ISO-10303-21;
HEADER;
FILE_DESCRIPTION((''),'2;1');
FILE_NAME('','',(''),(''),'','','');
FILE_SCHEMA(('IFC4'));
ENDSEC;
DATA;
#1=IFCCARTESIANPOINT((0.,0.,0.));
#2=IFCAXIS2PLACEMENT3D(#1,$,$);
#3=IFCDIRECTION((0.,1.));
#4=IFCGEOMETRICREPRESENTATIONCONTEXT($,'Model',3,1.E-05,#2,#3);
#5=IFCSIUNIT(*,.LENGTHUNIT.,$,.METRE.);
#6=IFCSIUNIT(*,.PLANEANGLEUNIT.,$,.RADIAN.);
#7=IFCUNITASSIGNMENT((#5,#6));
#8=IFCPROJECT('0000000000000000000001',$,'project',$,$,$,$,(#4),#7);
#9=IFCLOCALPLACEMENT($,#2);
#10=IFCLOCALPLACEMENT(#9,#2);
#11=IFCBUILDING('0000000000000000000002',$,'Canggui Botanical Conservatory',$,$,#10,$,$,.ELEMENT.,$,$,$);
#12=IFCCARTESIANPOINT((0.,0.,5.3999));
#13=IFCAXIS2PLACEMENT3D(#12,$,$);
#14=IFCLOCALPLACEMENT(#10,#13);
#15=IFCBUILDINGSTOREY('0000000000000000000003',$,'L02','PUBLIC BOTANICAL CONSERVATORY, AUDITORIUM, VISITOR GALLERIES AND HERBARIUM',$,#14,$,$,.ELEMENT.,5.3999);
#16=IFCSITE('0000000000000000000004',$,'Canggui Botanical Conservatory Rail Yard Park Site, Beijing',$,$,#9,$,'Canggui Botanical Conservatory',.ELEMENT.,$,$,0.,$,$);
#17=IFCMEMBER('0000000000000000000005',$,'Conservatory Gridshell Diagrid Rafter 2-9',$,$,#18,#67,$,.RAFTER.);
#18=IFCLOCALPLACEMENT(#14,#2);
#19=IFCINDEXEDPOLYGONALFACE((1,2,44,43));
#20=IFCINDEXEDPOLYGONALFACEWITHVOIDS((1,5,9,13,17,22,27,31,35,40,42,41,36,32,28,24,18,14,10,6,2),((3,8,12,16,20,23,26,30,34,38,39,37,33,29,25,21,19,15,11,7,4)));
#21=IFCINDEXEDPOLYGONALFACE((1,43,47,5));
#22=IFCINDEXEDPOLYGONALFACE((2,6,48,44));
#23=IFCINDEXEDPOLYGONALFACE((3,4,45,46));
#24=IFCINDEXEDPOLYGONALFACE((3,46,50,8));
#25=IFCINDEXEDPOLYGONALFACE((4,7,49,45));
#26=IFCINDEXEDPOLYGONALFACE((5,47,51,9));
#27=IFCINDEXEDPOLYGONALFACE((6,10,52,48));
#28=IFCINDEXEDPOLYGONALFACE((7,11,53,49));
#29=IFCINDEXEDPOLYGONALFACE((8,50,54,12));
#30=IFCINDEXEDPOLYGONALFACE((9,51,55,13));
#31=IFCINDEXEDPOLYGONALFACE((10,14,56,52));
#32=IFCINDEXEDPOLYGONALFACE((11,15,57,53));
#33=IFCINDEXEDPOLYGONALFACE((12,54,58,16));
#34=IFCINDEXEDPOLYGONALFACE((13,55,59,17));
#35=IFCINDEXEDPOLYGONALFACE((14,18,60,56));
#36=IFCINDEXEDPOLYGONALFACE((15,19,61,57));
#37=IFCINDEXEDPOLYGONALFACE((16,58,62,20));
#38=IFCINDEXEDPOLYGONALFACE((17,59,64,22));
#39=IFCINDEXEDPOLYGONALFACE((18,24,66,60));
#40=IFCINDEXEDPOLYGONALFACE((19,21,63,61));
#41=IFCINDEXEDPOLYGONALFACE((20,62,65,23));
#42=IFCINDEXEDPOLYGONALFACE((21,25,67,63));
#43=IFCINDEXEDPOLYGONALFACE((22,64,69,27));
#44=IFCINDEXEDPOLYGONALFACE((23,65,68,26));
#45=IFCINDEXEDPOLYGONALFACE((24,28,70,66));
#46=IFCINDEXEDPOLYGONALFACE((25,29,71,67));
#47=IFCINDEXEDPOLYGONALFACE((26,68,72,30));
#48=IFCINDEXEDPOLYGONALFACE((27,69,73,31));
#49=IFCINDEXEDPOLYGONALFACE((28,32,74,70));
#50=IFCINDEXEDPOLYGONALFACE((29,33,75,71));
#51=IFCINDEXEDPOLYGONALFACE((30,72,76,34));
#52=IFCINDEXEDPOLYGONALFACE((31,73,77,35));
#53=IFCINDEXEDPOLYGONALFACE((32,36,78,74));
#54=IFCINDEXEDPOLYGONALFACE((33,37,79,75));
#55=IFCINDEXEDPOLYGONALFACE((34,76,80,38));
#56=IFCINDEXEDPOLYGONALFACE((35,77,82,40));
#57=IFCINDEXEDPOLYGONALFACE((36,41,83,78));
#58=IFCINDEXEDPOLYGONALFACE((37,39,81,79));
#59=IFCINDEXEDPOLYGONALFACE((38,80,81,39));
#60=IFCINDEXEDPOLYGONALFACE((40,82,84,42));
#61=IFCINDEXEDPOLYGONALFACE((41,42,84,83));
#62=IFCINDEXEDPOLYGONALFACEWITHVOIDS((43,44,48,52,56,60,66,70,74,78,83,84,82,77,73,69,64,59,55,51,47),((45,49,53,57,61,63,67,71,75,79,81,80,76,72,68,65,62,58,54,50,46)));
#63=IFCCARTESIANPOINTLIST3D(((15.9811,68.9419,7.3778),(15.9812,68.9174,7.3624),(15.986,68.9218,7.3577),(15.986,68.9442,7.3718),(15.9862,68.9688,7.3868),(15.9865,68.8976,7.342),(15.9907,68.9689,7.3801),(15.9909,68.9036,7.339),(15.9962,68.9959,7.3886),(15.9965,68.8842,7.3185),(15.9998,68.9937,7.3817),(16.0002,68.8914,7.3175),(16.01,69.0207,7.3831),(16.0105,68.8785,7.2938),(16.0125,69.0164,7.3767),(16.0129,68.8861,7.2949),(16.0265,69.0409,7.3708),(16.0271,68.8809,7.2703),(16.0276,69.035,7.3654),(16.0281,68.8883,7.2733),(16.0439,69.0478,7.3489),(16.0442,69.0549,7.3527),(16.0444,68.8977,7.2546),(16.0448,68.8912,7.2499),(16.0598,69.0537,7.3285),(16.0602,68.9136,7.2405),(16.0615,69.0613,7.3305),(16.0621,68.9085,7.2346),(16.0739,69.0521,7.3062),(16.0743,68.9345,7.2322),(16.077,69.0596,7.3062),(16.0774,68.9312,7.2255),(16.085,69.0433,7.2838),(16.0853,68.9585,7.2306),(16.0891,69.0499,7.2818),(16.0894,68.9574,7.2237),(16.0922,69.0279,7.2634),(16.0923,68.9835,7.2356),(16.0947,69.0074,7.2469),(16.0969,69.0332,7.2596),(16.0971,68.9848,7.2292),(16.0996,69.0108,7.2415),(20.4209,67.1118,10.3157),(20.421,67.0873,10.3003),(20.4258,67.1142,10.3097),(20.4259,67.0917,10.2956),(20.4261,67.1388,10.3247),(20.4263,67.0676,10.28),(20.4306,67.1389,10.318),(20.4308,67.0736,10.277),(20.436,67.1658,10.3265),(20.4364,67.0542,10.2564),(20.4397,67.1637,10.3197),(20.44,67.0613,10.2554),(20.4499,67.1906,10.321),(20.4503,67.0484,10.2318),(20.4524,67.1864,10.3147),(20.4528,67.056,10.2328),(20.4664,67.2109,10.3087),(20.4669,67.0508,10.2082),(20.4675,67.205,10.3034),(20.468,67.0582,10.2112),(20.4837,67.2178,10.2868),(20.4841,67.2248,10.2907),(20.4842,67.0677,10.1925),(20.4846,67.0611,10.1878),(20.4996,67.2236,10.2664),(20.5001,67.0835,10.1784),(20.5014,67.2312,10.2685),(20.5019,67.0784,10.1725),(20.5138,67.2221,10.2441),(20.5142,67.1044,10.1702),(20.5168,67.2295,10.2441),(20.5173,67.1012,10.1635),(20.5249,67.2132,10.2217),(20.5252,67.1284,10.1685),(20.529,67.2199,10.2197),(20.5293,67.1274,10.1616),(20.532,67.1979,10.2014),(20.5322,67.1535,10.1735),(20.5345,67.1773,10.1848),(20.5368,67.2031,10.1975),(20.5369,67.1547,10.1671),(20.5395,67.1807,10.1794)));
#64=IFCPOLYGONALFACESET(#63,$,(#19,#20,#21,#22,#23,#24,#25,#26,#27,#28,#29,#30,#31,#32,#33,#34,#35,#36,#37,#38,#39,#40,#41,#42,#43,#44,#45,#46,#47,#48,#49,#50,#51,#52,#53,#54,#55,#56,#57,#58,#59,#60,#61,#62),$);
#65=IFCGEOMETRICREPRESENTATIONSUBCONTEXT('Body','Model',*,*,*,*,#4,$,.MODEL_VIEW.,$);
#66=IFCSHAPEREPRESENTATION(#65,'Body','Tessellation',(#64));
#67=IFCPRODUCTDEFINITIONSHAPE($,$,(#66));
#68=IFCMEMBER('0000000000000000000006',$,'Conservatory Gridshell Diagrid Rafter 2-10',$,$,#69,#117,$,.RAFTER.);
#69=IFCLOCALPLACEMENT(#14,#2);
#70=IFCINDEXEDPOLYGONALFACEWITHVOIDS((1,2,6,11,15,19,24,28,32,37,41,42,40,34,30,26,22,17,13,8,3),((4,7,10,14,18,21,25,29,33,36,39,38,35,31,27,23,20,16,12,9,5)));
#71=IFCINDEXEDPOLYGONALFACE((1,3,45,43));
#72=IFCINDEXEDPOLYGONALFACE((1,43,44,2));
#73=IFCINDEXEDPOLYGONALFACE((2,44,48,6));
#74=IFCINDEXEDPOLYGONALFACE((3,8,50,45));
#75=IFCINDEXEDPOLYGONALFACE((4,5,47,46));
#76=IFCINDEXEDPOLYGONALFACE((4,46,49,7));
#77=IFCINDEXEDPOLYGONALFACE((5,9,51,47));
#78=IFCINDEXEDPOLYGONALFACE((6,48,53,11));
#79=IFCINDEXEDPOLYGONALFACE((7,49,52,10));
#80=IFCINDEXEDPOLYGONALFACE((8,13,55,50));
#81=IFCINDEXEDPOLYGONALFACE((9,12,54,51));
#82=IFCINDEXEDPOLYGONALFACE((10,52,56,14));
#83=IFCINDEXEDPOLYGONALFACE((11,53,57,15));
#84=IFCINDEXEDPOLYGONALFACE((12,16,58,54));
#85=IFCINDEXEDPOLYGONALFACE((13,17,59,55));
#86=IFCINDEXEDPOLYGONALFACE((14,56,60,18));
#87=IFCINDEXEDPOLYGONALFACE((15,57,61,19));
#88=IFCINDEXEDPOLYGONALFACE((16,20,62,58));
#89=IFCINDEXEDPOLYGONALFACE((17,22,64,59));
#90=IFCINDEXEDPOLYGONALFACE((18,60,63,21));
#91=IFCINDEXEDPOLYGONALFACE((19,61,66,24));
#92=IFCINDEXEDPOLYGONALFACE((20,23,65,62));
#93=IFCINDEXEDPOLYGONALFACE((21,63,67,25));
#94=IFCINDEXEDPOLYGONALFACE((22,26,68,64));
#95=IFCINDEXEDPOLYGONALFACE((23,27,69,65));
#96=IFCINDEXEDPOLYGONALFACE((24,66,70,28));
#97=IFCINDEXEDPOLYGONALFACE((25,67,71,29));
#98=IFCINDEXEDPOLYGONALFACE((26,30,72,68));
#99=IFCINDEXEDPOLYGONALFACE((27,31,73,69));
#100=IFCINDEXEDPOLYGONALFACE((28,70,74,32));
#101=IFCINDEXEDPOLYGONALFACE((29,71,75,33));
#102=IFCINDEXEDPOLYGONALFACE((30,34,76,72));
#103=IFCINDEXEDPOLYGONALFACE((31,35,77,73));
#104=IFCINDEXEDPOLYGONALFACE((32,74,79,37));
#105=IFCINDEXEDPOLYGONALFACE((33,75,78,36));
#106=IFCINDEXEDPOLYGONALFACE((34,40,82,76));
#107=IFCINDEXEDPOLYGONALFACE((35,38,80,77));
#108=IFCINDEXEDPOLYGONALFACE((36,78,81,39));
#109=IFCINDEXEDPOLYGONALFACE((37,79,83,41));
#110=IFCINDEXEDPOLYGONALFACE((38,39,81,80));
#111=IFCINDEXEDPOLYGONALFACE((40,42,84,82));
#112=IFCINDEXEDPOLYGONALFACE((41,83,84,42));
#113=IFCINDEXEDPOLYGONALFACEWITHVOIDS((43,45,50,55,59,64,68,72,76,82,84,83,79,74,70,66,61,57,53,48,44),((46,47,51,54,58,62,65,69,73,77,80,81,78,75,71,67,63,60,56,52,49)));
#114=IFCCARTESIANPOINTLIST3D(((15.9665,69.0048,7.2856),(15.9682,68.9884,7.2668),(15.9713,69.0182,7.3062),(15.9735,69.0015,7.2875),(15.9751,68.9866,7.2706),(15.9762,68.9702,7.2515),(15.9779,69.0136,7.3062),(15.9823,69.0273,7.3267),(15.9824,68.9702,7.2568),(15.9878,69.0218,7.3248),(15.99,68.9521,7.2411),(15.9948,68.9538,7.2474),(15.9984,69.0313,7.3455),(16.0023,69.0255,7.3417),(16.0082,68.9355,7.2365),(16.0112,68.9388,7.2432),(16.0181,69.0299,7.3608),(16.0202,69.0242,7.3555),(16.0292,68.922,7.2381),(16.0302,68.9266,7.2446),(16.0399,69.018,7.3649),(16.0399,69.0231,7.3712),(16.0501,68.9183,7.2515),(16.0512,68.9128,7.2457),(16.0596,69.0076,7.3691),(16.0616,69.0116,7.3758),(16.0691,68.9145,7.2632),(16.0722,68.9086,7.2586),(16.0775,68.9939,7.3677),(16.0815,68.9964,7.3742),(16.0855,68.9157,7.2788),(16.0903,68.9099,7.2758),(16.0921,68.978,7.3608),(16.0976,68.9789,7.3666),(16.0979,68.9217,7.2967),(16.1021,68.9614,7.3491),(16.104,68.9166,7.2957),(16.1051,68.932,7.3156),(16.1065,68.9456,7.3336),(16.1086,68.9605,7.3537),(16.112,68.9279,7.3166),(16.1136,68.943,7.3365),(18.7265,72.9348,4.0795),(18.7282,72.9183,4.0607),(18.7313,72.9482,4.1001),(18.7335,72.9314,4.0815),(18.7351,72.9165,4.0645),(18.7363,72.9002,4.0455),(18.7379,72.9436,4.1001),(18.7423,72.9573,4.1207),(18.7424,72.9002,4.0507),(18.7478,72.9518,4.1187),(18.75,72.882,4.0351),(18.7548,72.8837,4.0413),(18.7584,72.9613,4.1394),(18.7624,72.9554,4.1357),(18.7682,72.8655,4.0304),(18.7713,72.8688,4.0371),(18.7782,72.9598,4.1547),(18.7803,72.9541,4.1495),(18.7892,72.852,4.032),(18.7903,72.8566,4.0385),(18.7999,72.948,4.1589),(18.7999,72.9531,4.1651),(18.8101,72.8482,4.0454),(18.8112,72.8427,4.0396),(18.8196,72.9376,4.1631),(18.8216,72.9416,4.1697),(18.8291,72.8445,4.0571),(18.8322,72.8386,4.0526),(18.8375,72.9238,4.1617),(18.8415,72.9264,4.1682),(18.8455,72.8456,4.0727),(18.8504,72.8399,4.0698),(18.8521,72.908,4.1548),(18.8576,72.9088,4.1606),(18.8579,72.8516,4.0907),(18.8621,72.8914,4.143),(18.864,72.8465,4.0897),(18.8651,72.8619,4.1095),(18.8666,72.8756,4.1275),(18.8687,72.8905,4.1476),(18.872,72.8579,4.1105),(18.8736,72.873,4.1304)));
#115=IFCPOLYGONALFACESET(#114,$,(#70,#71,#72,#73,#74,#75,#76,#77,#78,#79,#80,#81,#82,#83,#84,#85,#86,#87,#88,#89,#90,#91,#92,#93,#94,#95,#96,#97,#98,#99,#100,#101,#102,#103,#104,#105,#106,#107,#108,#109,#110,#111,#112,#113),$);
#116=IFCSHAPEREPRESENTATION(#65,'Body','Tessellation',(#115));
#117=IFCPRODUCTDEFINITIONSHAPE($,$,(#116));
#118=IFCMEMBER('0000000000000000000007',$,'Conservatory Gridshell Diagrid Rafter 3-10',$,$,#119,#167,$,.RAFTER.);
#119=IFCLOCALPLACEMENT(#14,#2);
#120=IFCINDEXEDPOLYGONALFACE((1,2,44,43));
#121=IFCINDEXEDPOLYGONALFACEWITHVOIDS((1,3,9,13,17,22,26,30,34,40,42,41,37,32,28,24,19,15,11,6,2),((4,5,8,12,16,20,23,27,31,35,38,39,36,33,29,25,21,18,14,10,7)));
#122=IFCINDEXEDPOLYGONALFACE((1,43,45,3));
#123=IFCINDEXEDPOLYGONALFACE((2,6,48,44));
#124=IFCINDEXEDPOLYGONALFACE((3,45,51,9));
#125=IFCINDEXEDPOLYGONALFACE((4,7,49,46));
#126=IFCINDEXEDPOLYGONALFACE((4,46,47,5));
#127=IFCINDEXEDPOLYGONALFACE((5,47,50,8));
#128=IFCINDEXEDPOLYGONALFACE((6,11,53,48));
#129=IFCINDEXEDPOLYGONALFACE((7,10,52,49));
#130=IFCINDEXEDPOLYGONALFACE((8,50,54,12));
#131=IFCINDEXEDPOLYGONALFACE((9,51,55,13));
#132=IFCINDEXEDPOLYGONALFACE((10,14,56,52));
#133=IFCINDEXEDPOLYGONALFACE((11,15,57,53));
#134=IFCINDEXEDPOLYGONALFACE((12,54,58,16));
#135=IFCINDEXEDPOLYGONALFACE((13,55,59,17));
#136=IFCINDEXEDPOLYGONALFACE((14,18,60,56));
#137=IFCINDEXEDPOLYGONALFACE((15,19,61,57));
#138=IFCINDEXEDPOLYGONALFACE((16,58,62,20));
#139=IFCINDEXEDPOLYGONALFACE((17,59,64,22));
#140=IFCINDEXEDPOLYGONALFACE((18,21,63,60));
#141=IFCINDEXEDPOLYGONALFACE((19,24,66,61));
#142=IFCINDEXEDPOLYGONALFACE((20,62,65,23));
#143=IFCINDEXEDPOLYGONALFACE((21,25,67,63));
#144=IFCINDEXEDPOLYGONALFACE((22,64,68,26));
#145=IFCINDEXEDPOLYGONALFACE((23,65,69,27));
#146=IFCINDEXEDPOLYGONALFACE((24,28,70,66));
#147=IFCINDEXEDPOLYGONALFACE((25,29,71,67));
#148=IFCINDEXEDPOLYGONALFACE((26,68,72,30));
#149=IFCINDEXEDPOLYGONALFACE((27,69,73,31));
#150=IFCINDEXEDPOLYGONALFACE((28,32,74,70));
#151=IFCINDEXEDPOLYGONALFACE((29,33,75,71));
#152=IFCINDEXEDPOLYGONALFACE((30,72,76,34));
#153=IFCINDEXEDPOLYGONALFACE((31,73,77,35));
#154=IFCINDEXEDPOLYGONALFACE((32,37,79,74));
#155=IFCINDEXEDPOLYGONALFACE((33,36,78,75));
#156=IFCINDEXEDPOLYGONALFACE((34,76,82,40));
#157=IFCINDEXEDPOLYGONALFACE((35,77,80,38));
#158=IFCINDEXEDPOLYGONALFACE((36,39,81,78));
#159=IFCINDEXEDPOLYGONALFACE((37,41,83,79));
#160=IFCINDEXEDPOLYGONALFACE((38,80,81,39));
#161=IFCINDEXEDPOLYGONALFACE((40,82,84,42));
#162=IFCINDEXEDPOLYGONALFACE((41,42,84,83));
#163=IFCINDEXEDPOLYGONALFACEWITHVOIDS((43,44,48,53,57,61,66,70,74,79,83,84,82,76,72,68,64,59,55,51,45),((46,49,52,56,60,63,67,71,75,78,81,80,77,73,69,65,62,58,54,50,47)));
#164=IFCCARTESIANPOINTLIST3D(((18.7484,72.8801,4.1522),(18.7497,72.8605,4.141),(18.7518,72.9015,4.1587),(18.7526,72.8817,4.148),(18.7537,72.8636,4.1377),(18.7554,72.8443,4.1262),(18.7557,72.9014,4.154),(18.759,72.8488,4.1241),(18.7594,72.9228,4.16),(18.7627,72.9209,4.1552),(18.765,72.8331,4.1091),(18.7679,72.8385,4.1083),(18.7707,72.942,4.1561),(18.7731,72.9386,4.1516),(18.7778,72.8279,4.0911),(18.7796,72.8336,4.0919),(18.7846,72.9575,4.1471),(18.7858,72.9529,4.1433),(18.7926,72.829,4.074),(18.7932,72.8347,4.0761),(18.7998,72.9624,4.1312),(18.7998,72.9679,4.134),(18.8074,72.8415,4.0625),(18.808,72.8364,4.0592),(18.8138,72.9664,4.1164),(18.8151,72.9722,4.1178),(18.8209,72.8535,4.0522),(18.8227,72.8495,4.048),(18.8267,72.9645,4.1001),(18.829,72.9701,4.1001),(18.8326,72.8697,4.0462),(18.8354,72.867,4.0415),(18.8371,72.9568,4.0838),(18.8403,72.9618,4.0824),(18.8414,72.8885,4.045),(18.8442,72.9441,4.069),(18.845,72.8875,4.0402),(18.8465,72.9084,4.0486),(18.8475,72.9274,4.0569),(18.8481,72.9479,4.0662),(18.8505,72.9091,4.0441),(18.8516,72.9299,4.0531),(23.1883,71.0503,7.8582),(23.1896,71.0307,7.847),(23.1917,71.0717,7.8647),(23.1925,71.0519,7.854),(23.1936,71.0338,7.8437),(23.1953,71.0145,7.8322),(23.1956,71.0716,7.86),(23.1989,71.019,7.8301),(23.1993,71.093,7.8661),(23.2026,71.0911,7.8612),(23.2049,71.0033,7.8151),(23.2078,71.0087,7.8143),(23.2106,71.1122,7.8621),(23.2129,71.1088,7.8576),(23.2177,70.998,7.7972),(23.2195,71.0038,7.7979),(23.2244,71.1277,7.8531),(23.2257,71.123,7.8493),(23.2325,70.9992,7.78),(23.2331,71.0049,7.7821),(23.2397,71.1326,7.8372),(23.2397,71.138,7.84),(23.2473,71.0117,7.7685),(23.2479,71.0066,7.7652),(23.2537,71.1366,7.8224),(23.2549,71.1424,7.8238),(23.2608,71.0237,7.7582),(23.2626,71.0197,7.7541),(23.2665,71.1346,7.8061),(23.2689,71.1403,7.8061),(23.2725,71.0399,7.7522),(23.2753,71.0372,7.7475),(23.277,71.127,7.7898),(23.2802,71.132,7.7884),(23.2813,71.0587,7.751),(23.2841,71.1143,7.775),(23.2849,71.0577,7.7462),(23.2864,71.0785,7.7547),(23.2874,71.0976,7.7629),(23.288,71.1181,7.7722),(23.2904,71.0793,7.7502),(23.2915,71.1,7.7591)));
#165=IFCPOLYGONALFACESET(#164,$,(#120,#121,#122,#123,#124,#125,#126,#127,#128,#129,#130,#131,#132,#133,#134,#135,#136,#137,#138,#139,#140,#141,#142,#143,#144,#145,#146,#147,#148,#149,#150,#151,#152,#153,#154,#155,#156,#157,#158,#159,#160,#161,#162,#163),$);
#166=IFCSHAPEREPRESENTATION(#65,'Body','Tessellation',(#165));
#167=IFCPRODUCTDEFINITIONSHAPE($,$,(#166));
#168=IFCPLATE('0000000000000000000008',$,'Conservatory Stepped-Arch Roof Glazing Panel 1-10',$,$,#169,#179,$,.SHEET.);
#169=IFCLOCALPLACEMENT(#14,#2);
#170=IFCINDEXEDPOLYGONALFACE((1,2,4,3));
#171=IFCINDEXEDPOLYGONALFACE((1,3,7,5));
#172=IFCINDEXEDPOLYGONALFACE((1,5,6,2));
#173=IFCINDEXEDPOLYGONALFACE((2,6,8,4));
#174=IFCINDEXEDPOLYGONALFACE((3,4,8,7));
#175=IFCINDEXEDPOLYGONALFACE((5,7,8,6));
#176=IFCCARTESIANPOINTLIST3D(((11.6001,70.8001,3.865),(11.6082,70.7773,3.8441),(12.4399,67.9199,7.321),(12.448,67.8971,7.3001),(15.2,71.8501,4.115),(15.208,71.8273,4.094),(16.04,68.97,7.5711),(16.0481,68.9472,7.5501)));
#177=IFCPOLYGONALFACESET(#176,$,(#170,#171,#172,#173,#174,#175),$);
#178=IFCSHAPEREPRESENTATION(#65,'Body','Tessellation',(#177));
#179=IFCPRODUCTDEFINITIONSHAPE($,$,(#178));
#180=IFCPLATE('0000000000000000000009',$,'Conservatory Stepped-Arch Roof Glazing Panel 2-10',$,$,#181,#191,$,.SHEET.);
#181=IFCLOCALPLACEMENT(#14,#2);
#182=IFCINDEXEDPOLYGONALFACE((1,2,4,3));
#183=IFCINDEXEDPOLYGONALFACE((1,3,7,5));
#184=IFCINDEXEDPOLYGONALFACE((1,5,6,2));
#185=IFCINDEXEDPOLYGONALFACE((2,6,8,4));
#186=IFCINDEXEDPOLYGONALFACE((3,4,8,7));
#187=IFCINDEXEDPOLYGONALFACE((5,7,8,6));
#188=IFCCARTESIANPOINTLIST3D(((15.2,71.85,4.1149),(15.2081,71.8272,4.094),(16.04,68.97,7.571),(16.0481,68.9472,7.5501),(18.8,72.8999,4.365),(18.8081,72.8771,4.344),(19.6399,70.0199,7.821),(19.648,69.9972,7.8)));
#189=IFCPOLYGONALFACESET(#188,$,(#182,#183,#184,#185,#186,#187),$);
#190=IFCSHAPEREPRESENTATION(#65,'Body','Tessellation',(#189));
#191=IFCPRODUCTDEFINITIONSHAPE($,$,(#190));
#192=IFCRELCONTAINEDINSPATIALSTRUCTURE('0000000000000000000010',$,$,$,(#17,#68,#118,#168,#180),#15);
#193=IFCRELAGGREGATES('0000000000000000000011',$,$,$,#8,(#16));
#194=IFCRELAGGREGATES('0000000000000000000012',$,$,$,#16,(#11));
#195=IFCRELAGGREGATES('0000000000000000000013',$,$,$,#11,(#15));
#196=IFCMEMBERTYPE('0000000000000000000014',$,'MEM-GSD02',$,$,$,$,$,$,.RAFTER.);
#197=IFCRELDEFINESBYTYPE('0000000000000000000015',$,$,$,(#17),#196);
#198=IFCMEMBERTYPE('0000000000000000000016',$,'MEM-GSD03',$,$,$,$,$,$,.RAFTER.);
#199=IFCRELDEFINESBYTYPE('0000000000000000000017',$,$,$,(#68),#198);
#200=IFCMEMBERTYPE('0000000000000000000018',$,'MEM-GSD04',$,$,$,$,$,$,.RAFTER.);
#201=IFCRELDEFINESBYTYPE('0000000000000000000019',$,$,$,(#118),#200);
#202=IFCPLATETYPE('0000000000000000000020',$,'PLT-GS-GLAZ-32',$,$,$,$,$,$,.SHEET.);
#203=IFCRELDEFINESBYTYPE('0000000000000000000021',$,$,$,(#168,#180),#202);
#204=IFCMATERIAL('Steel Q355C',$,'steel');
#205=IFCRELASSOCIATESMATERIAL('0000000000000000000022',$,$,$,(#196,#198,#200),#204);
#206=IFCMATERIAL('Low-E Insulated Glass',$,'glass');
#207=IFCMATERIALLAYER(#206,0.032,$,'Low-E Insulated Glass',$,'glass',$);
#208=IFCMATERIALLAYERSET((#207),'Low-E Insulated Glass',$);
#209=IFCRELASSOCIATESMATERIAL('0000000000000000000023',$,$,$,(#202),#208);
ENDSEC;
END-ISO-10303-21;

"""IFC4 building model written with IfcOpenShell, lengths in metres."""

from ifc_helpers import new_model, si_unit, direction, frame, origin, origin_2d, place, context, subcontext, project, spatial, polyline, hollow_circle, outline, extrude, material, layer, layer_set, material_profile, profile_set, type_object, element, save


model = new_model("IFC4")

# Units and contexts
model_context = context("Model", 3, precision=1e-05, world=origin(), true_north=direction((0.0, 1.0)))
body_context = subcontext(model_context, "Body", "Model", "MODEL_VIEW")
ifc_project = project(units=[si_unit("LENGTHUNIT", "METRE"), si_unit("PLANEANGLEUNIT", "RADIAN")], contexts=[model_context])

# Site, building, storey
site_placement = place(None, origin())
site = spatial("IfcSite", under=ifc_project, at=site_placement, Name="Canggui Botanical Conservatory Rail Yard Park Site, Beijing", LongName="Canggui Botanical Conservatory", CompositionType="ELEMENT", RefElevation=0.0)
building_placement = place(site_placement, origin())
building = spatial("IfcBuilding", under=site, at=building_placement, Name="Canggui Botanical Conservatory", CompositionType="ELEMENT")
storey_placement = place(building_placement, frame((0.0, 0.0, 5.3999)))
storey = spatial("IfcBuildingStorey", under=building, at=storey_placement, Name="L02", Description="PUBLIC BOTANICAL CONSERVATORY, AUDITORIUM, VISITOR GALLERIES AND HERBARIUM", CompositionType="ELEMENT", Elevation=5.3999)

# Shared definitions
ifc_material_1 = material(Name="Steel Q355C", Category="steel")

# Members
ifc_material_profile_1 = material_profile(ifc_material_1, hollow_circle(Radius=0.0969, WallThickness=0.0081, at=origin_2d()), Name="CHS 194x8")
ifc_profile_set_1 = profile_set([ifc_material_profile_1], Name="Steel Q355C")
member_type_1 = type_object("IfcMemberType", Name="MEM-GSD02", PredefinedType="RAFTER", material=ifc_profile_set_1)
member_1_placement = place(storey_placement, frame((16.04, 68.97, 7.3062), z_axis=(0.788657, -0.325073, 0.521869), x_axis=(0.381082, 0.924541, 0.0)))
element("IfcMember", 1, at=member_1_placement, inside=storey, type_object=member_type_1, Name="Conservatory Gridshell Diagrid Rafter 2-9", PredefinedType="RAFTER", context=body_context, shape_type="SweptSolid", body=[
    extrude(hollow_circle(Radius=0.0969, WallThickness=0.0081, at=origin_2d()), origin(), (0.0, 0.0, 1.0), 5.6296),
])
ifc_material_profile_2 = material_profile(ifc_material_1, hollow_circle(Radius=0.084, WallThickness=0.0081, at=origin_2d()), Name="CHS 168x8")
ifc_profile_set_2 = profile_set([ifc_material_profile_2], Name="Steel Q355C")
member_type_2 = type_object("IfcMemberType", Name="MEM-GSD03", PredefinedType="RAFTER", material=ifc_profile_set_2)
member_2_placement = place(storey_placement, frame((16.04, 68.97, 7.3062), z_axis=(0.477994, 0.680608, -0.555243), x_axis=(-0.818345, 0.574728, 0.0)))
element("IfcMember", 2, at=member_2_placement, inside=storey, type_object=member_type_2, Name="Conservatory Gridshell Diagrid Rafter 2-10", PredefinedType="RAFTER", context=body_context, shape_type="SweptSolid", body=[
    extrude(hollow_circle(Radius=0.084, WallThickness=0.0081, at=origin_2d()), origin(), (0.0, 0.0, 1.0), 5.7742),
])
ifc_material_profile_3 = material_profile(ifc_material_1, hollow_circle(Radius=0.0759, WallThickness=0.0061, at=origin_2d()), Name="CHS 152x6")
ifc_profile_set_3 = profile_set([ifc_material_profile_3], Name="Steel Q355C")
member_type_3 = type_object("IfcMemberType", Name="MEM-GSD04", PredefinedType="RAFTER", material=ifc_profile_set_3)
member_3_placement = place(storey_placement, frame((18.8, 72.8999, 4.1001), z_axis=(0.73194, -0.301655, 0.610956), x_axis=(0.381039, 0.924559, 0.0)))
element("IfcMember", 3, at=member_3_placement, inside=storey, type_object=member_type_3, Name="Conservatory Gridshell Diagrid Rafter 3-10", PredefinedType="RAFTER", context=body_context, shape_type="SweptSolid", body=[
    extrude(hollow_circle(Radius=0.0759, WallThickness=0.0061, at=origin_2d()), origin(), (0.0, 0.0, 1.0), 6.0659),
])

# Plates
ifc_material_2 = material(Name="Low-E Insulated Glass", Category="glass")
ifc_layer_1 = layer(ifc_material_2, 0.032, Name="Low-E Insulated Glass", Category="glass")
ifc_layer_set_1 = layer_set([ifc_layer_1], Name="Low-E Insulated Glass")
plate_type_1 = type_object("IfcPlateType", Name="PLT-GS-GLAZ-32", PredefinedType="SHEET", material=ifc_layer_set_1)
plate_1_placement = place(storey_placement, frame((12.4399, 67.9199, 7.321), z_axis=(-0.253169, 0.712037, 0.654911), x_axis=(0.95787, 0.279391, 0.066522)))
element("IfcPlate", 4, at=plate_1_placement, inside=storey, type_object=plate_type_1, Name="Conservatory Stepped-Arch Roof Glazing Panel 1-10", PredefinedType="SHEET", context=body_context, shape_type="SweptSolid", body=[
    extrude(outline(polyline([(0.0, 0.0), (3.7584, 0.0), (3.5285, 4.5708), (-0.2297, 4.5708), (0.0, 0.0)])), origin(), (0.0, 0.0, -1.0), 0.032),
])
plate_2_placement = place(storey_placement, frame((16.04, 68.97, 7.571), z_axis=(-0.253149, 0.712056, 0.654898), x_axis=(0.957875, 0.27938, 0.066501)))
element("IfcPlate", 5, at=plate_2_placement, inside=storey, type_object=plate_type_1, Name="Conservatory Stepped-Arch Roof Glazing Panel 2-10", PredefinedType="SHEET", context=body_context, shape_type="SweptSolid", body=[
    extrude(outline(polyline([(0.0, 0.0), (3.7582, 0.0), (3.5285, 4.5706), (-0.2299, 4.5708), (0.0, 0.0)])), origin(), (0.0, 0.0, -1.0), 0.032),
])

save(model, "model.ifc")
